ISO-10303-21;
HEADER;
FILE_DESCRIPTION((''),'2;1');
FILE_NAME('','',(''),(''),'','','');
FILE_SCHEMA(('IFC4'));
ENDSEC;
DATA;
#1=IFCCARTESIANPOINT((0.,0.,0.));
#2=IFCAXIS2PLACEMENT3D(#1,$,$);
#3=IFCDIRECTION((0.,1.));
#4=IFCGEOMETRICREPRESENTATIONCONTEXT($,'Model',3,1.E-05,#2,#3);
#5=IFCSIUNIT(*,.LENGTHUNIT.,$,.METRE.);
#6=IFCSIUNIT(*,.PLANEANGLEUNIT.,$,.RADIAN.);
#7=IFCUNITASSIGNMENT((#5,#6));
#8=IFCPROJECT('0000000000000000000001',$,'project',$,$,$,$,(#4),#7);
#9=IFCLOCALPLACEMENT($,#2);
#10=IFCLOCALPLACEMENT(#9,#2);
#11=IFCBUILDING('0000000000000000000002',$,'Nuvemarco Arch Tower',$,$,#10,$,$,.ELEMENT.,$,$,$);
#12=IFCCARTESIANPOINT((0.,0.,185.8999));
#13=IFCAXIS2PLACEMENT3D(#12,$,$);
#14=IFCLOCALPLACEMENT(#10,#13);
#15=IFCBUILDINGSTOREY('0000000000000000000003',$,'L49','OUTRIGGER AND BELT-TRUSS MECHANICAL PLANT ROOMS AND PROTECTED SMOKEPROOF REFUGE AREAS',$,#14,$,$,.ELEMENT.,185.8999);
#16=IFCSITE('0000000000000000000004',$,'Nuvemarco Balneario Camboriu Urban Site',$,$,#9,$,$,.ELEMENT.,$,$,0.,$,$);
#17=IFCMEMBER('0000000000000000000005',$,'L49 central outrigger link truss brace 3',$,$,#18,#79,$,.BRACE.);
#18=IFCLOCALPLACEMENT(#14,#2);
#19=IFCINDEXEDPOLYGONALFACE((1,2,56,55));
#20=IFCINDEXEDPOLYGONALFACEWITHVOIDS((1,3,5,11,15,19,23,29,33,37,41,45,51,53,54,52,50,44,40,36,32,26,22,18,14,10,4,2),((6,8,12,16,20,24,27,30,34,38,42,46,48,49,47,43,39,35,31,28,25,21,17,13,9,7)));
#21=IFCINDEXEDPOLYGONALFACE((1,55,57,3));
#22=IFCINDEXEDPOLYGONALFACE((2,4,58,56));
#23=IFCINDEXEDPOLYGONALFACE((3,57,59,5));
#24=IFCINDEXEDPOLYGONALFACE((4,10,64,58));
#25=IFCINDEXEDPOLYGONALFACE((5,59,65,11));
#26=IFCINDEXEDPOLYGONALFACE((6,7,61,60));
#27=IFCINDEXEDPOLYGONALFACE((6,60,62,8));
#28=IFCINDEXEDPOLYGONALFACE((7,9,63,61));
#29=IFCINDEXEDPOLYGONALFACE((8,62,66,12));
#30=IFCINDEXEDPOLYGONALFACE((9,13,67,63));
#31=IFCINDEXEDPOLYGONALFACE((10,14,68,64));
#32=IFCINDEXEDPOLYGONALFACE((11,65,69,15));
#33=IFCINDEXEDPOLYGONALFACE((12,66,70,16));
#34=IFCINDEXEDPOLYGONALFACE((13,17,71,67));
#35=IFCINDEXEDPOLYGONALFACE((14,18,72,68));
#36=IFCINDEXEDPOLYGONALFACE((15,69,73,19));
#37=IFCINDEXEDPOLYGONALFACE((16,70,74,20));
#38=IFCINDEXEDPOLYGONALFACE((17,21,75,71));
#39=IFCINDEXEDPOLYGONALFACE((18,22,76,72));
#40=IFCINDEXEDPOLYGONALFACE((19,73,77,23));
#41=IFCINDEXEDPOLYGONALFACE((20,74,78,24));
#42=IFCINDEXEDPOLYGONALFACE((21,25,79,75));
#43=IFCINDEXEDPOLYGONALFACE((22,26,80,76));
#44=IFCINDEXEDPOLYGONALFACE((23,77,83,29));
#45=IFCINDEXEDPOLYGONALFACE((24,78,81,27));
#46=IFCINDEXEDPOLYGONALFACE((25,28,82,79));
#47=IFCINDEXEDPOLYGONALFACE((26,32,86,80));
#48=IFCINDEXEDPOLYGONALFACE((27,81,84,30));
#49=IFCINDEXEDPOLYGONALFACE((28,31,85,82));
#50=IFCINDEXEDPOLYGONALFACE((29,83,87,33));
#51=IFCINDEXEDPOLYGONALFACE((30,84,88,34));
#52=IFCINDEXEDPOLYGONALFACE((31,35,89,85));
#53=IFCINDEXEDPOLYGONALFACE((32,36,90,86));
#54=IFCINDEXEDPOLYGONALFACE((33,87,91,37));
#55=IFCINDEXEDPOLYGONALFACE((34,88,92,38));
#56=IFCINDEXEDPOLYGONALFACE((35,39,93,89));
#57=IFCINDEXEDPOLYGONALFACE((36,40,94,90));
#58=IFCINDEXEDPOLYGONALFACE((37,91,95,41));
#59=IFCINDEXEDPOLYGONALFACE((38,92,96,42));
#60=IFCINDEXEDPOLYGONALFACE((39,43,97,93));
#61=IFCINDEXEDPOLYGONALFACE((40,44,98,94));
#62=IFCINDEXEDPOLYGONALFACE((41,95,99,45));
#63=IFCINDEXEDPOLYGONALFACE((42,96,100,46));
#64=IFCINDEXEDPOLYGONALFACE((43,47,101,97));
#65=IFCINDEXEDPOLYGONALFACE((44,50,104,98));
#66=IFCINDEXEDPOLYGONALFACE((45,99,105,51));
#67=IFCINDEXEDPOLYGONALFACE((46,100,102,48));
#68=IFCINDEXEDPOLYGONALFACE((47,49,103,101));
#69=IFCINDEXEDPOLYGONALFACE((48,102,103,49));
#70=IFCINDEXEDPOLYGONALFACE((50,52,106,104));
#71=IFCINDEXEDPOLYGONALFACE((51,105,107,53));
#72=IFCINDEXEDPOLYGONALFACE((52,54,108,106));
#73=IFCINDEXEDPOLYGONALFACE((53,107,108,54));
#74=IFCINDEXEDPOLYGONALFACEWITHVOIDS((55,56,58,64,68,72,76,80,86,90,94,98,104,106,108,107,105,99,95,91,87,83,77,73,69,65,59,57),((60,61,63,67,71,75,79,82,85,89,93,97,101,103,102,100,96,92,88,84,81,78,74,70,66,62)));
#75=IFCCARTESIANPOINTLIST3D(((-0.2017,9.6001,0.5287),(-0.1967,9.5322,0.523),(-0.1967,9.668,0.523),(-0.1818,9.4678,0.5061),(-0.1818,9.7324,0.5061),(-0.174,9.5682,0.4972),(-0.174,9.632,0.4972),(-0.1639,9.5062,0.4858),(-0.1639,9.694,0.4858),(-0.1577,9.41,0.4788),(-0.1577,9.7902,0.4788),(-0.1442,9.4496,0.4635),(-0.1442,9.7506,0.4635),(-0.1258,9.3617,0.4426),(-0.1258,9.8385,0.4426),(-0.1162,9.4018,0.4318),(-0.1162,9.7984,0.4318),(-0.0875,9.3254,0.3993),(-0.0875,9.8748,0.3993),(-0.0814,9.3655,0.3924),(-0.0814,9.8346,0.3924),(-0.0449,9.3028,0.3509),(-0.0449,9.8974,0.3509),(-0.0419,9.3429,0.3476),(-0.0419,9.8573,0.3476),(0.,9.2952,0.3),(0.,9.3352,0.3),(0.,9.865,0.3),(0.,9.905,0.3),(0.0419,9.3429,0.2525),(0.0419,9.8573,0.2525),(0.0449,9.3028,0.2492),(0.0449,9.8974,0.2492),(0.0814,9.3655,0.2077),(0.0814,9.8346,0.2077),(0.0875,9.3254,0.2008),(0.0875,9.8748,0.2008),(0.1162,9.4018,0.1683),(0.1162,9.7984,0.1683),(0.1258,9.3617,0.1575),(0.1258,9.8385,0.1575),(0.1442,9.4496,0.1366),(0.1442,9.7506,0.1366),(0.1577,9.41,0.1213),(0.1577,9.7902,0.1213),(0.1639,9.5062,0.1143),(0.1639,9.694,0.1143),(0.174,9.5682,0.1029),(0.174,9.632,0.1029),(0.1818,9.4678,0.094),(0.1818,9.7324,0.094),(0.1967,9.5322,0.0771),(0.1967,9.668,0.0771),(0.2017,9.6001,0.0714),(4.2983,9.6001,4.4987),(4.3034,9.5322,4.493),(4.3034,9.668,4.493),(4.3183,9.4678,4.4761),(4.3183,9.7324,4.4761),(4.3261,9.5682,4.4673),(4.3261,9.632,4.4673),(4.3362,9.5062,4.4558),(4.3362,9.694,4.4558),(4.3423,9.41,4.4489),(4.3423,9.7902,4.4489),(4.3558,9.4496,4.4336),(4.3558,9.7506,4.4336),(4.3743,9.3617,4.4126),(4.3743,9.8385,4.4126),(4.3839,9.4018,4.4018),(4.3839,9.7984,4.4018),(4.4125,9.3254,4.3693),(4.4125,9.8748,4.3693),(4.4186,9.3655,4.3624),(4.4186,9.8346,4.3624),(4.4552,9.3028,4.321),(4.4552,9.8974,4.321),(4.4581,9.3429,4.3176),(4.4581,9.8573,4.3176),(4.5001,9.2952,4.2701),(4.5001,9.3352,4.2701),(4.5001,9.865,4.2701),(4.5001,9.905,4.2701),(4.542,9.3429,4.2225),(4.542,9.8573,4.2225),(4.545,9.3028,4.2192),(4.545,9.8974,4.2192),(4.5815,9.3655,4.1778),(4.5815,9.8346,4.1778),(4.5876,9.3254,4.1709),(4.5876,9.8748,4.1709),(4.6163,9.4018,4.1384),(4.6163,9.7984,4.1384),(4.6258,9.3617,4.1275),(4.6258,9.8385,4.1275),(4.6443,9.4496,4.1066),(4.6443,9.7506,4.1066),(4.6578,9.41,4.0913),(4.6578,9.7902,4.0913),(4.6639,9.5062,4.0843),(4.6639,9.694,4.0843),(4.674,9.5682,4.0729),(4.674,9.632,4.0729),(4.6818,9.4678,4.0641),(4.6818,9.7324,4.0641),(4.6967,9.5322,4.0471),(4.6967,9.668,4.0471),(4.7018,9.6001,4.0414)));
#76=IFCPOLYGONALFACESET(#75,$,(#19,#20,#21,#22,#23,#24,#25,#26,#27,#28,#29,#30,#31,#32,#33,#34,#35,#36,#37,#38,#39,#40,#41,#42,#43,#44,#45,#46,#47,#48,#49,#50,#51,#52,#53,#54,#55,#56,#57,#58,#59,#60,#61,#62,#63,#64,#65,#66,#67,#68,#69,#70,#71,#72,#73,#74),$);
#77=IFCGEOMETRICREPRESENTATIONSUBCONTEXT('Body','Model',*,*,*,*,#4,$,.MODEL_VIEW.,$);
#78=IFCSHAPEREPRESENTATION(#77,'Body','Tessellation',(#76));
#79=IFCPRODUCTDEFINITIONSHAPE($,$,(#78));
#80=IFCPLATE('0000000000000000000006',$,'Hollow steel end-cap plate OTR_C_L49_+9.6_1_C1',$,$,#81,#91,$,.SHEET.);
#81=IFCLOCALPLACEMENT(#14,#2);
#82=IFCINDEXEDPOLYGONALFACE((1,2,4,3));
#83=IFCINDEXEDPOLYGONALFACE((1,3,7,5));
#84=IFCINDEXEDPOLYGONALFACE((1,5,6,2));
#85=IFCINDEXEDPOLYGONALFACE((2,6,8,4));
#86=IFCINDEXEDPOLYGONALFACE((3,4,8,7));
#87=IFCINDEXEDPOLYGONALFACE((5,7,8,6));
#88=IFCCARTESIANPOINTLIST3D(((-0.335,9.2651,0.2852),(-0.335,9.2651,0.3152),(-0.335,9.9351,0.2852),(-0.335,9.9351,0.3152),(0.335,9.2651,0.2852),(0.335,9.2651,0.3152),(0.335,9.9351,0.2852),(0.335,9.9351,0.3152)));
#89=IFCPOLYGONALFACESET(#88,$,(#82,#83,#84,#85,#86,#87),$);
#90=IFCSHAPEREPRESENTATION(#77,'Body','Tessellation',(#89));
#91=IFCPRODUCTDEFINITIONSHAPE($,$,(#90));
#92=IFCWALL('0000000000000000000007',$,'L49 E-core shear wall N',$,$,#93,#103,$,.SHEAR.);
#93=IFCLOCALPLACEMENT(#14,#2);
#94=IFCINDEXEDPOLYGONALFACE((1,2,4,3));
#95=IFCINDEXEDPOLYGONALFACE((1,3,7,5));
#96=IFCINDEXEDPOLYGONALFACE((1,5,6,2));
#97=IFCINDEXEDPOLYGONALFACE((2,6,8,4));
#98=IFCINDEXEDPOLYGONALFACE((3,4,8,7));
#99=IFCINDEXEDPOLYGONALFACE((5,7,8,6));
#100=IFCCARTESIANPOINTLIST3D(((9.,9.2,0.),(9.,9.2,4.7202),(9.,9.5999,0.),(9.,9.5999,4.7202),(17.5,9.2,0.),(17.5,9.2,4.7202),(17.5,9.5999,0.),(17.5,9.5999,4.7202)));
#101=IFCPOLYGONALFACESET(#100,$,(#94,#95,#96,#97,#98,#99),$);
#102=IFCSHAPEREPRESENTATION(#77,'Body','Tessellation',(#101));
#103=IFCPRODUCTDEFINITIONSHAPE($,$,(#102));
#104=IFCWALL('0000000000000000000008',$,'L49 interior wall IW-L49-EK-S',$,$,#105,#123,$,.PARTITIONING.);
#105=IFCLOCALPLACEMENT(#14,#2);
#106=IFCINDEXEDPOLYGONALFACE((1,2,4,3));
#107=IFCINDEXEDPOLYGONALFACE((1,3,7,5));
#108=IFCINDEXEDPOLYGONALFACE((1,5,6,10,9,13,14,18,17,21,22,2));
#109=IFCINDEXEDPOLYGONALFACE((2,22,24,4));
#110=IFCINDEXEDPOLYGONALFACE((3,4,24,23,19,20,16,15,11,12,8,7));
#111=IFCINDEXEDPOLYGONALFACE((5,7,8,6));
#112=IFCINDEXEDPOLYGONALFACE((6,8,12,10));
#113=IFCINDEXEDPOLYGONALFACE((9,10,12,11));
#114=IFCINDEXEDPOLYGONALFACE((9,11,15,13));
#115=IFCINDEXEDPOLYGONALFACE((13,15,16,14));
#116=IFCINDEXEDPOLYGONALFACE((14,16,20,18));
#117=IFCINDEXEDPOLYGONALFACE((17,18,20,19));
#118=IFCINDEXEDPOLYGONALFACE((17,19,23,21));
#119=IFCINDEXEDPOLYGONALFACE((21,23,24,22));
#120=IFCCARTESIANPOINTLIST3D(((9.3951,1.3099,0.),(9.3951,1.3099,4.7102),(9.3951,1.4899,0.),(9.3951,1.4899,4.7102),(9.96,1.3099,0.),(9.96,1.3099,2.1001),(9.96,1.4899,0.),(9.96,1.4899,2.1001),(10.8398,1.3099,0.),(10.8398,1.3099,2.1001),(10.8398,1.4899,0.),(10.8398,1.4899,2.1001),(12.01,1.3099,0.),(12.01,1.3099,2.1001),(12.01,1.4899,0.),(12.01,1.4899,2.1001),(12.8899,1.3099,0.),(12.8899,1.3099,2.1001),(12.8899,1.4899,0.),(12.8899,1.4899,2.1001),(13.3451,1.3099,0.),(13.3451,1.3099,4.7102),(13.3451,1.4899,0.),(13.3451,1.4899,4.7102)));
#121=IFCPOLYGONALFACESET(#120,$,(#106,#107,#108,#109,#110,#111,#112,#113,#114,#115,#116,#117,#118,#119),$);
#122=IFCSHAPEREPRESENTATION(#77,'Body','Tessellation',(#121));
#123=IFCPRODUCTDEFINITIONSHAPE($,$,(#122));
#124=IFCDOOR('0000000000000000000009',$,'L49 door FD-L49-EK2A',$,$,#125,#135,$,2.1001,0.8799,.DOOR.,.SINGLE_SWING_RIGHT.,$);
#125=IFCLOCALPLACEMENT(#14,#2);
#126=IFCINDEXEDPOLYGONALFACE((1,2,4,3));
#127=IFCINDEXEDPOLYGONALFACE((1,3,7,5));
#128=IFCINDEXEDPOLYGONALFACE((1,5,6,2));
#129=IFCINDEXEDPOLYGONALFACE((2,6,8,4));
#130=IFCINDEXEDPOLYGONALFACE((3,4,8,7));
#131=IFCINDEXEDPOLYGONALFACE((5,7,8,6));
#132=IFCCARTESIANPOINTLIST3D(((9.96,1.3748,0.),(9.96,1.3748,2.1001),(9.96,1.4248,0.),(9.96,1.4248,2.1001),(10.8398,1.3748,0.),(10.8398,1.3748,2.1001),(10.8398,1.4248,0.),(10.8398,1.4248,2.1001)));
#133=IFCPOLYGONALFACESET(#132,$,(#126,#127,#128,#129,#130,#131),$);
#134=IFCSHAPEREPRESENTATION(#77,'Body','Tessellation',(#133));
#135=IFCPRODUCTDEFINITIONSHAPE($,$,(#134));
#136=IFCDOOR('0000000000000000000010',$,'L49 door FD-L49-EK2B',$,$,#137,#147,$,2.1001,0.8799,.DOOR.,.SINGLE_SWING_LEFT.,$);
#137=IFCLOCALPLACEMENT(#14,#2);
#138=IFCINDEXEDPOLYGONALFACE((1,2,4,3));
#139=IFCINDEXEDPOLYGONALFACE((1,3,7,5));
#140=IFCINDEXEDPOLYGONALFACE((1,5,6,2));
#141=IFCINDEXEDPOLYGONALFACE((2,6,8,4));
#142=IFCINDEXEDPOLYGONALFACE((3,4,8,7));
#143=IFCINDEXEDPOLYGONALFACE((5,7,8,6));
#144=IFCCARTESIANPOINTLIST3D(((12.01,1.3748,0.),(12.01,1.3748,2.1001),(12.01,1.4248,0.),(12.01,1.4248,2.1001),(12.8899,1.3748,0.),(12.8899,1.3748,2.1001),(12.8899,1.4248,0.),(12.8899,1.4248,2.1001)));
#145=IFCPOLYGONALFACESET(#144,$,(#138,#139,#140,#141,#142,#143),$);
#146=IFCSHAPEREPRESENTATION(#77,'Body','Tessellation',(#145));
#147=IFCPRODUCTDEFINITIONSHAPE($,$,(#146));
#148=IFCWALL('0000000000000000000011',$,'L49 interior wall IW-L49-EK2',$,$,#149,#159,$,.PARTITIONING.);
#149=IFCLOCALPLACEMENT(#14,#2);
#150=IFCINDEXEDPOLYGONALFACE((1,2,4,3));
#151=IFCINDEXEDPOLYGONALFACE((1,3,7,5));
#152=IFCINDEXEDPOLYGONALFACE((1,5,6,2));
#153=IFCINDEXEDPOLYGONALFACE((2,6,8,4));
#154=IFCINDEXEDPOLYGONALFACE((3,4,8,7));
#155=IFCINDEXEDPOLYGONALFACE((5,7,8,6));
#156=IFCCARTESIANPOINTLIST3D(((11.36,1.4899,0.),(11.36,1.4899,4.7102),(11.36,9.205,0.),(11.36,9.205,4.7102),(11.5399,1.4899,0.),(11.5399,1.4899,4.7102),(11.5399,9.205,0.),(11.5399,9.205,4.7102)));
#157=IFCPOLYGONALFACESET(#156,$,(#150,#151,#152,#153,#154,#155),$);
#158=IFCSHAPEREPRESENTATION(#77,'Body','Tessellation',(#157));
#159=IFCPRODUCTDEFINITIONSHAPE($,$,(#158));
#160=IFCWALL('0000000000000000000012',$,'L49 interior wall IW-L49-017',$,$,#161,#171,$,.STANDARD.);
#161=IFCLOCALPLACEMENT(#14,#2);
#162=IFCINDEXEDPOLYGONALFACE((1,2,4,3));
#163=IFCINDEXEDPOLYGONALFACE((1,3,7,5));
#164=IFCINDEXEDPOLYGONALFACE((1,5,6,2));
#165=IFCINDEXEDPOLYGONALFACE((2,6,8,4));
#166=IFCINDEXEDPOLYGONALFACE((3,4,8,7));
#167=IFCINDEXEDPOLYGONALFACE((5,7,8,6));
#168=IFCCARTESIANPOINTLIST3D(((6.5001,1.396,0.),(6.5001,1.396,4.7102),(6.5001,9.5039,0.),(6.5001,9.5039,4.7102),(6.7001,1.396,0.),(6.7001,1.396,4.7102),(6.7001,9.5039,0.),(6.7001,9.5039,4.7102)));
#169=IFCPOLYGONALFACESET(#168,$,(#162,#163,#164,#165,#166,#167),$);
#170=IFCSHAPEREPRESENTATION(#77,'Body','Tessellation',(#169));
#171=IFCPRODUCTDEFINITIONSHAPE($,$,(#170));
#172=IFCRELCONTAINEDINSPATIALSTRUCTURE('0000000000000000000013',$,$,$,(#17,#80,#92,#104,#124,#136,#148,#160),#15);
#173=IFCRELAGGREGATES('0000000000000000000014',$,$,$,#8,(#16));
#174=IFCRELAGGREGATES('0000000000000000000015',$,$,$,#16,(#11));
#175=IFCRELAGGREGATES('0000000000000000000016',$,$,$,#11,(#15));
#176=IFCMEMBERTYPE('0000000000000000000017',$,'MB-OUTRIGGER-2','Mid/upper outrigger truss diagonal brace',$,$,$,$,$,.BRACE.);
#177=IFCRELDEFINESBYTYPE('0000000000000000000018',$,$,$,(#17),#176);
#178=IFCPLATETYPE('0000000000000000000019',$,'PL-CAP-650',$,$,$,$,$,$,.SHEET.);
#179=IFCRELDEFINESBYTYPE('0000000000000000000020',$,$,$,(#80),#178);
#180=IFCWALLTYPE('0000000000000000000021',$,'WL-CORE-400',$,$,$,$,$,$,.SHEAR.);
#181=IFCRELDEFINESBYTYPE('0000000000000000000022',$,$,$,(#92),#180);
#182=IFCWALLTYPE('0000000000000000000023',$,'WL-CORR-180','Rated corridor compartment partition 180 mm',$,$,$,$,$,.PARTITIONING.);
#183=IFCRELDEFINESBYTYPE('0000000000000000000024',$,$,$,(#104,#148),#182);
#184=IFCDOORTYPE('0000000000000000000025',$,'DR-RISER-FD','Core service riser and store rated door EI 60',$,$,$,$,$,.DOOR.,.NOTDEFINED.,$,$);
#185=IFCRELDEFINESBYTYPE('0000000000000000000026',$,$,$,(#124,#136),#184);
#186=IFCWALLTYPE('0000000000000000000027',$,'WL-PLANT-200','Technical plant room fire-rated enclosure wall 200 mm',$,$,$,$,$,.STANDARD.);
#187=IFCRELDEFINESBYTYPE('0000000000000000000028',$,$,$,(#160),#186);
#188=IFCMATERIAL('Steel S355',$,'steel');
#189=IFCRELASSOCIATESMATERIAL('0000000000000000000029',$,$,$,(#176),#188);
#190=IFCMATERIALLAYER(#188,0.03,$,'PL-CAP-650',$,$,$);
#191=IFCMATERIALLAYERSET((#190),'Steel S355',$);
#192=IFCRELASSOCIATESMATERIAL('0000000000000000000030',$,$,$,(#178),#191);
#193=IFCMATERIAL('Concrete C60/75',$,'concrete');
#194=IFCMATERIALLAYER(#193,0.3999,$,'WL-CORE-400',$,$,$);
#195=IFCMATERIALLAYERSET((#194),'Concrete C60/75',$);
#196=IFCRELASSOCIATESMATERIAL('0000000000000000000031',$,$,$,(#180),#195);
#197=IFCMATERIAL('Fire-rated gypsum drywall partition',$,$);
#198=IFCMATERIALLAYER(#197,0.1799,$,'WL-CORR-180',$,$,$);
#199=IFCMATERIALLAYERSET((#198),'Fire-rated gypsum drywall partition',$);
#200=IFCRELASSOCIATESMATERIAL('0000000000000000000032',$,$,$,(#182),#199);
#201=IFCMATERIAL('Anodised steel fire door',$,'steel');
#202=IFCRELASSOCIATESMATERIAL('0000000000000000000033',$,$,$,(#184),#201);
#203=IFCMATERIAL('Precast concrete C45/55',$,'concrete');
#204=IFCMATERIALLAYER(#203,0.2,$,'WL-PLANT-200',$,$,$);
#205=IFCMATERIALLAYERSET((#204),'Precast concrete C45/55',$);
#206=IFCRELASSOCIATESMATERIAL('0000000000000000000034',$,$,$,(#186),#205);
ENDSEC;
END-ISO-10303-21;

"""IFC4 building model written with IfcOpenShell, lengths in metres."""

from ifc_helpers import new_model, si_unit, direction, frame, frame_2d, origin, origin_2d, place, context, subcontext, project, spatial, rectangle, hollow_circle, extrude, source, transform, mapped, material, layer, layer_set, material_profile, profile_set, type_object, type_shapes, element, fill, save


model = new_model("IFC4")

# Units and contexts
model_context = context("Model", 3, precision=1e-05, world=origin(), true_north=direction((0.0, 1.0)))
body_context = subcontext(model_context, "Body", "Model", "MODEL_VIEW")
ifc_project = project(units=[si_unit("LENGTHUNIT", "METRE"), si_unit("PLANEANGLEUNIT", "RADIAN")], contexts=[model_context])

# Site, building, storey
site_placement = place(None, origin())
site = spatial("IfcSite", under=ifc_project, at=site_placement, Name="Nuvemarco Balneario Camboriu Urban Site", CompositionType="ELEMENT", RefElevation=0.0)
building_placement = place(site_placement, origin())
building = spatial("IfcBuilding", under=site, at=building_placement, Name="Nuvemarco Arch Tower", CompositionType="ELEMENT")
storey_placement = place(building_placement, frame((0.0, 0.0, 185.8999)))
storey = spatial("IfcBuildingStorey", under=building, at=storey_placement, Name="L49", Description="OUTRIGGER AND BELT-TRUSS MECHANICAL PLANT ROOMS AND PROTECTED SMOKEPROOF REFUGE AREAS", CompositionType="ELEMENT", Elevation=185.8999)

# Shared definitions
ifc_material_1 = material(Name="Steel S355", Category="steel")

# Shared definitions
ifc_material_2 = material(Name="Concrete C60/75", Category="concrete")

# Member
ifc_material_profile_1 = material_profile(ifc_material_1, hollow_circle(Radius=0.3049, WallThickness=0.04, at=origin_2d()), Name="CHS610x40")
ifc_profile_set_1 = profile_set([ifc_material_profile_1], Name="Steel S355")
member_type = type_object("IfcMemberType", Name="MB-OUTRIGGER-2", Description="Mid/upper outrigger truss diagonal brace", PredefinedType="BRACE", material=ifc_profile_set_1)
member_placement = place(storey_placement, frame((0.0, 9.6001, 0.3), z_axis=(0.749889, 0.0, 0.661564), x_axis=(0.0, 1.0, 0.0)))
element("IfcMember", 1, at=member_placement, inside=storey, type_object=member_type, Name="L49 central outrigger link truss brace 3", PredefinedType="BRACE", context=body_context, shape_type="SweptSolid", body=[
    extrude(hollow_circle(Radius=0.3049, WallThickness=0.04, at=origin_2d()), origin(), (0.0, 0.0, 1.0), 6.001),
])

# Plate
ifc_layer_1 = layer(ifc_material_1, 0.03, Name="PL-CAP-650")
ifc_layer_set_1 = layer_set([ifc_layer_1], Name="Steel S355")
plate_type = type_object("IfcPlateType", Name="PL-CAP-650", PredefinedType="SHEET", material=ifc_layer_set_1)
shared_shape_1 = source(origin(), body_context, "Body", "SweptSolid", [
    extrude(rectangle(XDim=0.6699, YDim=0.6699, at=origin_2d()), origin(), (0.0, 0.0, 1.0), 0.03),
])
type_shapes(plate_type, [shared_shape_1])
plate_placement = place(storey_placement, frame((0.0, 9.6001, 0.2852), z_axis=(0.0, 0.0, 1.0), x_axis=(1.0, 0.0, 0.0)))
element("IfcPlate", 2, at=plate_placement, inside=storey, type_object=plate_type, Name="Hollow steel end-cap plate OTR_C_L49_+9.6_1_C1", PredefinedType="SHEET", context=body_context, shape_type="MappedRepresentation", body=[
    mapped(shared_shape_1, transform((0.0, 0.0, 0.0), scale=1.0)),
])

# Wall
ifc_layer_2 = layer(ifc_material_2, 0.3999, Name="WL-CORE-400")
ifc_layer_set_2 = layer_set([ifc_layer_2], Name="Concrete C60/75")
wall_type_1 = type_object("IfcWallType", Name="WL-CORE-400", PredefinedType="SHEAR", material=ifc_layer_set_2)
wall_1_placement = place(storey_placement, frame((9.0, 9.3999, 0.0), z_axis=(0.0, 0.0, 1.0), x_axis=(1.0, 0.0, 0.0)))
element("IfcWall", 3, at=wall_1_placement, inside=storey, type_object=wall_type_1, Name="L49 E-core shear wall N", PredefinedType="SHEAR", context=body_context, shape_type="SweptSolid", body=[
    extrude(rectangle(XDim=8.5, YDim=0.3999, at=frame_2d((4.25, 0.0))), origin(), (0.0, 0.0, 1.0), 4.7202),
])

# Wall, openings, doors
ifc_material_3 = material(Name="Fire-rated gypsum drywall partition")
ifc_layer_3 = layer(ifc_material_3, 0.1799, Name="WL-CORR-180")
ifc_layer_set_3 = layer_set([ifc_layer_3], Name="Fire-rated gypsum drywall partition")
wall_type_2 = type_object("IfcWallType", Name="WL-CORR-180", Description="Rated corridor compartment partition 180 mm", PredefinedType="PARTITIONING", material=ifc_layer_set_3)
wall_2_placement = place(storey_placement, frame((9.395, 1.3999, 0.0), z_axis=(0.0, 0.0, 1.0), x_axis=(1.0, 0.0, 0.0)))
wall_2 = element("IfcWall", 4, at=wall_2_placement, inside=storey, type_object=wall_type_2, Name="L49 interior wall IW-L49-EK-S", PredefinedType="PARTITIONING", context=body_context, shape_type="SweptSolid", body=[
    extrude(rectangle(XDim=3.95, YDim=0.1799, at=frame_2d((1.9751, 0.0))), origin(), (0.0, 0.0, 1.0), 4.7102),
])
opening_1_placement = place(wall_2_placement, frame((0.5649, 0.0, 0.0)))
opening_1 = element("IfcOpeningElement", 5, at=opening_1_placement, cuts=wall_2, PredefinedType="OPENING", context=body_context, shape_type="SweptSolid", body=[
    extrude(rectangle(XDim=0.8799, YDim=2.1001, at=frame_2d((0.4399, 1.05))), frame((0.0, 0.0999, 0.0), z_axis=(0.0, -1.0, 0.0), x_axis=(1.0, 0.0, 0.0)), (0.0, 0.0, 1.0), 0.2),
])
opening_2_placement = place(wall_2_placement, frame((2.615, 0.0, 0.0)))
opening_2 = element("IfcOpeningElement", 6, at=opening_2_placement, cuts=wall_2, PredefinedType="OPENING", context=body_context, shape_type="SweptSolid", body=[
    extrude(rectangle(XDim=0.8799, YDim=2.1001, at=frame_2d((0.4399, 1.05))), frame((0.0, 0.0999, 0.0), z_axis=(0.0, -1.0, 0.0), x_axis=(1.0, 0.0, 0.0)), (0.0, 0.0, 1.0), 0.2),
])
ifc_material_4 = material(Name="Anodised steel fire door", Category="steel")
door_type_1 = type_object("IfcDoorType", Name="DR-RISER-FD", Description="Core service riser and store rated door EI 60", OperationType="NOTDEFINED", PredefinedType="DOOR", material=ifc_material_4)
shared_shape_2 = source(origin(), body_context, "Body", "SweptSolid", [
    extrude(rectangle(XDim=0.8799, YDim=2.1001, at=frame_2d((0.4399, 1.05))), frame((0.0, 0.0249, 0.0), z_axis=(0.0, -1.0, 0.0), x_axis=(1.0, 0.0, 0.0)), (0.0, 0.0, 1.0), 0.05),
])
type_shapes(door_type_1, [shared_shape_2])
door_1_placement = place(opening_1_placement, origin())
door_1 = element("IfcDoor", 7, at=door_1_placement, inside=storey, type_object=door_type_1, Name="L49 door FD-L49-EK2A", OperationType="SINGLE_SWING_RIGHT", OverallHeight=2.1001, OverallWidth=0.8799, PredefinedType="DOOR", context=body_context, shape_type="MappedRepresentation", body=[
    mapped(shared_shape_2, transform((0.0, 0.0, 0.0), scale=1.0)),
])
fill(opening_1, door_1)
door_2_placement = place(opening_2_placement, origin())
door_2 = element("IfcDoor", 8, at=door_2_placement, inside=storey, type_object=door_type_1, Name="L49 door FD-L49-EK2B", OperationType="SINGLE_SWING_LEFT", OverallHeight=2.1001, OverallWidth=0.8799, PredefinedType="DOOR", context=body_context, shape_type="MappedRepresentation", body=[
    mapped(shared_shape_2, transform((0.0, 0.0, 0.0), scale=1.0)),
])
fill(opening_2, door_2)

# Walls
wall_3_placement = place(storey_placement, frame((11.45, 1.49, 0.0), z_axis=(0.0, 0.0, 1.0), x_axis=(0.0, 1.0, 0.0)))
element("IfcWall", 9, at=wall_3_placement, inside=storey, type_object=wall_type_2, Name="L49 interior wall IW-L49-EK2", PredefinedType="PARTITIONING", context=body_context, shape_type="SweptSolid", body=[
    extrude(rectangle(XDim=7.7151, YDim=0.1799, at=frame_2d((3.8574, 0.0))), origin(), (0.0, 0.0, 1.0), 4.7102),
])
ifc_material_5 = material(Name="Precast concrete C45/55", Category="concrete")
ifc_layer_4 = layer(ifc_material_5, 0.2, Name="WL-PLANT-200")
ifc_layer_set_4 = layer_set([ifc_layer_4], Name="Precast concrete C45/55")
wall_type_3 = type_object("IfcWallType", Name="WL-PLANT-200", Description="Technical plant room fire-rated enclosure wall 200 mm", PredefinedType="STANDARD", material=ifc_layer_set_4)
wall_4_placement = place(storey_placement, frame((6.6001, 1.396, 0.0), z_axis=(0.0, 0.0, 1.0), x_axis=(0.0, 1.0, 0.0)))
element("IfcWall", 10, at=wall_4_placement, inside=storey, type_object=wall_type_3, Name="L49 interior wall IW-L49-017", PredefinedType="STANDARD", context=body_context, shape_type="SweptSolid", body=[
    extrude(rectangle(XDim=8.1079, YDim=0.2, at=frame_2d((4.054, 0.0))), origin(), (0.0, 0.0, 1.0), 4.7102),
])

save(model, "model.ifc")
